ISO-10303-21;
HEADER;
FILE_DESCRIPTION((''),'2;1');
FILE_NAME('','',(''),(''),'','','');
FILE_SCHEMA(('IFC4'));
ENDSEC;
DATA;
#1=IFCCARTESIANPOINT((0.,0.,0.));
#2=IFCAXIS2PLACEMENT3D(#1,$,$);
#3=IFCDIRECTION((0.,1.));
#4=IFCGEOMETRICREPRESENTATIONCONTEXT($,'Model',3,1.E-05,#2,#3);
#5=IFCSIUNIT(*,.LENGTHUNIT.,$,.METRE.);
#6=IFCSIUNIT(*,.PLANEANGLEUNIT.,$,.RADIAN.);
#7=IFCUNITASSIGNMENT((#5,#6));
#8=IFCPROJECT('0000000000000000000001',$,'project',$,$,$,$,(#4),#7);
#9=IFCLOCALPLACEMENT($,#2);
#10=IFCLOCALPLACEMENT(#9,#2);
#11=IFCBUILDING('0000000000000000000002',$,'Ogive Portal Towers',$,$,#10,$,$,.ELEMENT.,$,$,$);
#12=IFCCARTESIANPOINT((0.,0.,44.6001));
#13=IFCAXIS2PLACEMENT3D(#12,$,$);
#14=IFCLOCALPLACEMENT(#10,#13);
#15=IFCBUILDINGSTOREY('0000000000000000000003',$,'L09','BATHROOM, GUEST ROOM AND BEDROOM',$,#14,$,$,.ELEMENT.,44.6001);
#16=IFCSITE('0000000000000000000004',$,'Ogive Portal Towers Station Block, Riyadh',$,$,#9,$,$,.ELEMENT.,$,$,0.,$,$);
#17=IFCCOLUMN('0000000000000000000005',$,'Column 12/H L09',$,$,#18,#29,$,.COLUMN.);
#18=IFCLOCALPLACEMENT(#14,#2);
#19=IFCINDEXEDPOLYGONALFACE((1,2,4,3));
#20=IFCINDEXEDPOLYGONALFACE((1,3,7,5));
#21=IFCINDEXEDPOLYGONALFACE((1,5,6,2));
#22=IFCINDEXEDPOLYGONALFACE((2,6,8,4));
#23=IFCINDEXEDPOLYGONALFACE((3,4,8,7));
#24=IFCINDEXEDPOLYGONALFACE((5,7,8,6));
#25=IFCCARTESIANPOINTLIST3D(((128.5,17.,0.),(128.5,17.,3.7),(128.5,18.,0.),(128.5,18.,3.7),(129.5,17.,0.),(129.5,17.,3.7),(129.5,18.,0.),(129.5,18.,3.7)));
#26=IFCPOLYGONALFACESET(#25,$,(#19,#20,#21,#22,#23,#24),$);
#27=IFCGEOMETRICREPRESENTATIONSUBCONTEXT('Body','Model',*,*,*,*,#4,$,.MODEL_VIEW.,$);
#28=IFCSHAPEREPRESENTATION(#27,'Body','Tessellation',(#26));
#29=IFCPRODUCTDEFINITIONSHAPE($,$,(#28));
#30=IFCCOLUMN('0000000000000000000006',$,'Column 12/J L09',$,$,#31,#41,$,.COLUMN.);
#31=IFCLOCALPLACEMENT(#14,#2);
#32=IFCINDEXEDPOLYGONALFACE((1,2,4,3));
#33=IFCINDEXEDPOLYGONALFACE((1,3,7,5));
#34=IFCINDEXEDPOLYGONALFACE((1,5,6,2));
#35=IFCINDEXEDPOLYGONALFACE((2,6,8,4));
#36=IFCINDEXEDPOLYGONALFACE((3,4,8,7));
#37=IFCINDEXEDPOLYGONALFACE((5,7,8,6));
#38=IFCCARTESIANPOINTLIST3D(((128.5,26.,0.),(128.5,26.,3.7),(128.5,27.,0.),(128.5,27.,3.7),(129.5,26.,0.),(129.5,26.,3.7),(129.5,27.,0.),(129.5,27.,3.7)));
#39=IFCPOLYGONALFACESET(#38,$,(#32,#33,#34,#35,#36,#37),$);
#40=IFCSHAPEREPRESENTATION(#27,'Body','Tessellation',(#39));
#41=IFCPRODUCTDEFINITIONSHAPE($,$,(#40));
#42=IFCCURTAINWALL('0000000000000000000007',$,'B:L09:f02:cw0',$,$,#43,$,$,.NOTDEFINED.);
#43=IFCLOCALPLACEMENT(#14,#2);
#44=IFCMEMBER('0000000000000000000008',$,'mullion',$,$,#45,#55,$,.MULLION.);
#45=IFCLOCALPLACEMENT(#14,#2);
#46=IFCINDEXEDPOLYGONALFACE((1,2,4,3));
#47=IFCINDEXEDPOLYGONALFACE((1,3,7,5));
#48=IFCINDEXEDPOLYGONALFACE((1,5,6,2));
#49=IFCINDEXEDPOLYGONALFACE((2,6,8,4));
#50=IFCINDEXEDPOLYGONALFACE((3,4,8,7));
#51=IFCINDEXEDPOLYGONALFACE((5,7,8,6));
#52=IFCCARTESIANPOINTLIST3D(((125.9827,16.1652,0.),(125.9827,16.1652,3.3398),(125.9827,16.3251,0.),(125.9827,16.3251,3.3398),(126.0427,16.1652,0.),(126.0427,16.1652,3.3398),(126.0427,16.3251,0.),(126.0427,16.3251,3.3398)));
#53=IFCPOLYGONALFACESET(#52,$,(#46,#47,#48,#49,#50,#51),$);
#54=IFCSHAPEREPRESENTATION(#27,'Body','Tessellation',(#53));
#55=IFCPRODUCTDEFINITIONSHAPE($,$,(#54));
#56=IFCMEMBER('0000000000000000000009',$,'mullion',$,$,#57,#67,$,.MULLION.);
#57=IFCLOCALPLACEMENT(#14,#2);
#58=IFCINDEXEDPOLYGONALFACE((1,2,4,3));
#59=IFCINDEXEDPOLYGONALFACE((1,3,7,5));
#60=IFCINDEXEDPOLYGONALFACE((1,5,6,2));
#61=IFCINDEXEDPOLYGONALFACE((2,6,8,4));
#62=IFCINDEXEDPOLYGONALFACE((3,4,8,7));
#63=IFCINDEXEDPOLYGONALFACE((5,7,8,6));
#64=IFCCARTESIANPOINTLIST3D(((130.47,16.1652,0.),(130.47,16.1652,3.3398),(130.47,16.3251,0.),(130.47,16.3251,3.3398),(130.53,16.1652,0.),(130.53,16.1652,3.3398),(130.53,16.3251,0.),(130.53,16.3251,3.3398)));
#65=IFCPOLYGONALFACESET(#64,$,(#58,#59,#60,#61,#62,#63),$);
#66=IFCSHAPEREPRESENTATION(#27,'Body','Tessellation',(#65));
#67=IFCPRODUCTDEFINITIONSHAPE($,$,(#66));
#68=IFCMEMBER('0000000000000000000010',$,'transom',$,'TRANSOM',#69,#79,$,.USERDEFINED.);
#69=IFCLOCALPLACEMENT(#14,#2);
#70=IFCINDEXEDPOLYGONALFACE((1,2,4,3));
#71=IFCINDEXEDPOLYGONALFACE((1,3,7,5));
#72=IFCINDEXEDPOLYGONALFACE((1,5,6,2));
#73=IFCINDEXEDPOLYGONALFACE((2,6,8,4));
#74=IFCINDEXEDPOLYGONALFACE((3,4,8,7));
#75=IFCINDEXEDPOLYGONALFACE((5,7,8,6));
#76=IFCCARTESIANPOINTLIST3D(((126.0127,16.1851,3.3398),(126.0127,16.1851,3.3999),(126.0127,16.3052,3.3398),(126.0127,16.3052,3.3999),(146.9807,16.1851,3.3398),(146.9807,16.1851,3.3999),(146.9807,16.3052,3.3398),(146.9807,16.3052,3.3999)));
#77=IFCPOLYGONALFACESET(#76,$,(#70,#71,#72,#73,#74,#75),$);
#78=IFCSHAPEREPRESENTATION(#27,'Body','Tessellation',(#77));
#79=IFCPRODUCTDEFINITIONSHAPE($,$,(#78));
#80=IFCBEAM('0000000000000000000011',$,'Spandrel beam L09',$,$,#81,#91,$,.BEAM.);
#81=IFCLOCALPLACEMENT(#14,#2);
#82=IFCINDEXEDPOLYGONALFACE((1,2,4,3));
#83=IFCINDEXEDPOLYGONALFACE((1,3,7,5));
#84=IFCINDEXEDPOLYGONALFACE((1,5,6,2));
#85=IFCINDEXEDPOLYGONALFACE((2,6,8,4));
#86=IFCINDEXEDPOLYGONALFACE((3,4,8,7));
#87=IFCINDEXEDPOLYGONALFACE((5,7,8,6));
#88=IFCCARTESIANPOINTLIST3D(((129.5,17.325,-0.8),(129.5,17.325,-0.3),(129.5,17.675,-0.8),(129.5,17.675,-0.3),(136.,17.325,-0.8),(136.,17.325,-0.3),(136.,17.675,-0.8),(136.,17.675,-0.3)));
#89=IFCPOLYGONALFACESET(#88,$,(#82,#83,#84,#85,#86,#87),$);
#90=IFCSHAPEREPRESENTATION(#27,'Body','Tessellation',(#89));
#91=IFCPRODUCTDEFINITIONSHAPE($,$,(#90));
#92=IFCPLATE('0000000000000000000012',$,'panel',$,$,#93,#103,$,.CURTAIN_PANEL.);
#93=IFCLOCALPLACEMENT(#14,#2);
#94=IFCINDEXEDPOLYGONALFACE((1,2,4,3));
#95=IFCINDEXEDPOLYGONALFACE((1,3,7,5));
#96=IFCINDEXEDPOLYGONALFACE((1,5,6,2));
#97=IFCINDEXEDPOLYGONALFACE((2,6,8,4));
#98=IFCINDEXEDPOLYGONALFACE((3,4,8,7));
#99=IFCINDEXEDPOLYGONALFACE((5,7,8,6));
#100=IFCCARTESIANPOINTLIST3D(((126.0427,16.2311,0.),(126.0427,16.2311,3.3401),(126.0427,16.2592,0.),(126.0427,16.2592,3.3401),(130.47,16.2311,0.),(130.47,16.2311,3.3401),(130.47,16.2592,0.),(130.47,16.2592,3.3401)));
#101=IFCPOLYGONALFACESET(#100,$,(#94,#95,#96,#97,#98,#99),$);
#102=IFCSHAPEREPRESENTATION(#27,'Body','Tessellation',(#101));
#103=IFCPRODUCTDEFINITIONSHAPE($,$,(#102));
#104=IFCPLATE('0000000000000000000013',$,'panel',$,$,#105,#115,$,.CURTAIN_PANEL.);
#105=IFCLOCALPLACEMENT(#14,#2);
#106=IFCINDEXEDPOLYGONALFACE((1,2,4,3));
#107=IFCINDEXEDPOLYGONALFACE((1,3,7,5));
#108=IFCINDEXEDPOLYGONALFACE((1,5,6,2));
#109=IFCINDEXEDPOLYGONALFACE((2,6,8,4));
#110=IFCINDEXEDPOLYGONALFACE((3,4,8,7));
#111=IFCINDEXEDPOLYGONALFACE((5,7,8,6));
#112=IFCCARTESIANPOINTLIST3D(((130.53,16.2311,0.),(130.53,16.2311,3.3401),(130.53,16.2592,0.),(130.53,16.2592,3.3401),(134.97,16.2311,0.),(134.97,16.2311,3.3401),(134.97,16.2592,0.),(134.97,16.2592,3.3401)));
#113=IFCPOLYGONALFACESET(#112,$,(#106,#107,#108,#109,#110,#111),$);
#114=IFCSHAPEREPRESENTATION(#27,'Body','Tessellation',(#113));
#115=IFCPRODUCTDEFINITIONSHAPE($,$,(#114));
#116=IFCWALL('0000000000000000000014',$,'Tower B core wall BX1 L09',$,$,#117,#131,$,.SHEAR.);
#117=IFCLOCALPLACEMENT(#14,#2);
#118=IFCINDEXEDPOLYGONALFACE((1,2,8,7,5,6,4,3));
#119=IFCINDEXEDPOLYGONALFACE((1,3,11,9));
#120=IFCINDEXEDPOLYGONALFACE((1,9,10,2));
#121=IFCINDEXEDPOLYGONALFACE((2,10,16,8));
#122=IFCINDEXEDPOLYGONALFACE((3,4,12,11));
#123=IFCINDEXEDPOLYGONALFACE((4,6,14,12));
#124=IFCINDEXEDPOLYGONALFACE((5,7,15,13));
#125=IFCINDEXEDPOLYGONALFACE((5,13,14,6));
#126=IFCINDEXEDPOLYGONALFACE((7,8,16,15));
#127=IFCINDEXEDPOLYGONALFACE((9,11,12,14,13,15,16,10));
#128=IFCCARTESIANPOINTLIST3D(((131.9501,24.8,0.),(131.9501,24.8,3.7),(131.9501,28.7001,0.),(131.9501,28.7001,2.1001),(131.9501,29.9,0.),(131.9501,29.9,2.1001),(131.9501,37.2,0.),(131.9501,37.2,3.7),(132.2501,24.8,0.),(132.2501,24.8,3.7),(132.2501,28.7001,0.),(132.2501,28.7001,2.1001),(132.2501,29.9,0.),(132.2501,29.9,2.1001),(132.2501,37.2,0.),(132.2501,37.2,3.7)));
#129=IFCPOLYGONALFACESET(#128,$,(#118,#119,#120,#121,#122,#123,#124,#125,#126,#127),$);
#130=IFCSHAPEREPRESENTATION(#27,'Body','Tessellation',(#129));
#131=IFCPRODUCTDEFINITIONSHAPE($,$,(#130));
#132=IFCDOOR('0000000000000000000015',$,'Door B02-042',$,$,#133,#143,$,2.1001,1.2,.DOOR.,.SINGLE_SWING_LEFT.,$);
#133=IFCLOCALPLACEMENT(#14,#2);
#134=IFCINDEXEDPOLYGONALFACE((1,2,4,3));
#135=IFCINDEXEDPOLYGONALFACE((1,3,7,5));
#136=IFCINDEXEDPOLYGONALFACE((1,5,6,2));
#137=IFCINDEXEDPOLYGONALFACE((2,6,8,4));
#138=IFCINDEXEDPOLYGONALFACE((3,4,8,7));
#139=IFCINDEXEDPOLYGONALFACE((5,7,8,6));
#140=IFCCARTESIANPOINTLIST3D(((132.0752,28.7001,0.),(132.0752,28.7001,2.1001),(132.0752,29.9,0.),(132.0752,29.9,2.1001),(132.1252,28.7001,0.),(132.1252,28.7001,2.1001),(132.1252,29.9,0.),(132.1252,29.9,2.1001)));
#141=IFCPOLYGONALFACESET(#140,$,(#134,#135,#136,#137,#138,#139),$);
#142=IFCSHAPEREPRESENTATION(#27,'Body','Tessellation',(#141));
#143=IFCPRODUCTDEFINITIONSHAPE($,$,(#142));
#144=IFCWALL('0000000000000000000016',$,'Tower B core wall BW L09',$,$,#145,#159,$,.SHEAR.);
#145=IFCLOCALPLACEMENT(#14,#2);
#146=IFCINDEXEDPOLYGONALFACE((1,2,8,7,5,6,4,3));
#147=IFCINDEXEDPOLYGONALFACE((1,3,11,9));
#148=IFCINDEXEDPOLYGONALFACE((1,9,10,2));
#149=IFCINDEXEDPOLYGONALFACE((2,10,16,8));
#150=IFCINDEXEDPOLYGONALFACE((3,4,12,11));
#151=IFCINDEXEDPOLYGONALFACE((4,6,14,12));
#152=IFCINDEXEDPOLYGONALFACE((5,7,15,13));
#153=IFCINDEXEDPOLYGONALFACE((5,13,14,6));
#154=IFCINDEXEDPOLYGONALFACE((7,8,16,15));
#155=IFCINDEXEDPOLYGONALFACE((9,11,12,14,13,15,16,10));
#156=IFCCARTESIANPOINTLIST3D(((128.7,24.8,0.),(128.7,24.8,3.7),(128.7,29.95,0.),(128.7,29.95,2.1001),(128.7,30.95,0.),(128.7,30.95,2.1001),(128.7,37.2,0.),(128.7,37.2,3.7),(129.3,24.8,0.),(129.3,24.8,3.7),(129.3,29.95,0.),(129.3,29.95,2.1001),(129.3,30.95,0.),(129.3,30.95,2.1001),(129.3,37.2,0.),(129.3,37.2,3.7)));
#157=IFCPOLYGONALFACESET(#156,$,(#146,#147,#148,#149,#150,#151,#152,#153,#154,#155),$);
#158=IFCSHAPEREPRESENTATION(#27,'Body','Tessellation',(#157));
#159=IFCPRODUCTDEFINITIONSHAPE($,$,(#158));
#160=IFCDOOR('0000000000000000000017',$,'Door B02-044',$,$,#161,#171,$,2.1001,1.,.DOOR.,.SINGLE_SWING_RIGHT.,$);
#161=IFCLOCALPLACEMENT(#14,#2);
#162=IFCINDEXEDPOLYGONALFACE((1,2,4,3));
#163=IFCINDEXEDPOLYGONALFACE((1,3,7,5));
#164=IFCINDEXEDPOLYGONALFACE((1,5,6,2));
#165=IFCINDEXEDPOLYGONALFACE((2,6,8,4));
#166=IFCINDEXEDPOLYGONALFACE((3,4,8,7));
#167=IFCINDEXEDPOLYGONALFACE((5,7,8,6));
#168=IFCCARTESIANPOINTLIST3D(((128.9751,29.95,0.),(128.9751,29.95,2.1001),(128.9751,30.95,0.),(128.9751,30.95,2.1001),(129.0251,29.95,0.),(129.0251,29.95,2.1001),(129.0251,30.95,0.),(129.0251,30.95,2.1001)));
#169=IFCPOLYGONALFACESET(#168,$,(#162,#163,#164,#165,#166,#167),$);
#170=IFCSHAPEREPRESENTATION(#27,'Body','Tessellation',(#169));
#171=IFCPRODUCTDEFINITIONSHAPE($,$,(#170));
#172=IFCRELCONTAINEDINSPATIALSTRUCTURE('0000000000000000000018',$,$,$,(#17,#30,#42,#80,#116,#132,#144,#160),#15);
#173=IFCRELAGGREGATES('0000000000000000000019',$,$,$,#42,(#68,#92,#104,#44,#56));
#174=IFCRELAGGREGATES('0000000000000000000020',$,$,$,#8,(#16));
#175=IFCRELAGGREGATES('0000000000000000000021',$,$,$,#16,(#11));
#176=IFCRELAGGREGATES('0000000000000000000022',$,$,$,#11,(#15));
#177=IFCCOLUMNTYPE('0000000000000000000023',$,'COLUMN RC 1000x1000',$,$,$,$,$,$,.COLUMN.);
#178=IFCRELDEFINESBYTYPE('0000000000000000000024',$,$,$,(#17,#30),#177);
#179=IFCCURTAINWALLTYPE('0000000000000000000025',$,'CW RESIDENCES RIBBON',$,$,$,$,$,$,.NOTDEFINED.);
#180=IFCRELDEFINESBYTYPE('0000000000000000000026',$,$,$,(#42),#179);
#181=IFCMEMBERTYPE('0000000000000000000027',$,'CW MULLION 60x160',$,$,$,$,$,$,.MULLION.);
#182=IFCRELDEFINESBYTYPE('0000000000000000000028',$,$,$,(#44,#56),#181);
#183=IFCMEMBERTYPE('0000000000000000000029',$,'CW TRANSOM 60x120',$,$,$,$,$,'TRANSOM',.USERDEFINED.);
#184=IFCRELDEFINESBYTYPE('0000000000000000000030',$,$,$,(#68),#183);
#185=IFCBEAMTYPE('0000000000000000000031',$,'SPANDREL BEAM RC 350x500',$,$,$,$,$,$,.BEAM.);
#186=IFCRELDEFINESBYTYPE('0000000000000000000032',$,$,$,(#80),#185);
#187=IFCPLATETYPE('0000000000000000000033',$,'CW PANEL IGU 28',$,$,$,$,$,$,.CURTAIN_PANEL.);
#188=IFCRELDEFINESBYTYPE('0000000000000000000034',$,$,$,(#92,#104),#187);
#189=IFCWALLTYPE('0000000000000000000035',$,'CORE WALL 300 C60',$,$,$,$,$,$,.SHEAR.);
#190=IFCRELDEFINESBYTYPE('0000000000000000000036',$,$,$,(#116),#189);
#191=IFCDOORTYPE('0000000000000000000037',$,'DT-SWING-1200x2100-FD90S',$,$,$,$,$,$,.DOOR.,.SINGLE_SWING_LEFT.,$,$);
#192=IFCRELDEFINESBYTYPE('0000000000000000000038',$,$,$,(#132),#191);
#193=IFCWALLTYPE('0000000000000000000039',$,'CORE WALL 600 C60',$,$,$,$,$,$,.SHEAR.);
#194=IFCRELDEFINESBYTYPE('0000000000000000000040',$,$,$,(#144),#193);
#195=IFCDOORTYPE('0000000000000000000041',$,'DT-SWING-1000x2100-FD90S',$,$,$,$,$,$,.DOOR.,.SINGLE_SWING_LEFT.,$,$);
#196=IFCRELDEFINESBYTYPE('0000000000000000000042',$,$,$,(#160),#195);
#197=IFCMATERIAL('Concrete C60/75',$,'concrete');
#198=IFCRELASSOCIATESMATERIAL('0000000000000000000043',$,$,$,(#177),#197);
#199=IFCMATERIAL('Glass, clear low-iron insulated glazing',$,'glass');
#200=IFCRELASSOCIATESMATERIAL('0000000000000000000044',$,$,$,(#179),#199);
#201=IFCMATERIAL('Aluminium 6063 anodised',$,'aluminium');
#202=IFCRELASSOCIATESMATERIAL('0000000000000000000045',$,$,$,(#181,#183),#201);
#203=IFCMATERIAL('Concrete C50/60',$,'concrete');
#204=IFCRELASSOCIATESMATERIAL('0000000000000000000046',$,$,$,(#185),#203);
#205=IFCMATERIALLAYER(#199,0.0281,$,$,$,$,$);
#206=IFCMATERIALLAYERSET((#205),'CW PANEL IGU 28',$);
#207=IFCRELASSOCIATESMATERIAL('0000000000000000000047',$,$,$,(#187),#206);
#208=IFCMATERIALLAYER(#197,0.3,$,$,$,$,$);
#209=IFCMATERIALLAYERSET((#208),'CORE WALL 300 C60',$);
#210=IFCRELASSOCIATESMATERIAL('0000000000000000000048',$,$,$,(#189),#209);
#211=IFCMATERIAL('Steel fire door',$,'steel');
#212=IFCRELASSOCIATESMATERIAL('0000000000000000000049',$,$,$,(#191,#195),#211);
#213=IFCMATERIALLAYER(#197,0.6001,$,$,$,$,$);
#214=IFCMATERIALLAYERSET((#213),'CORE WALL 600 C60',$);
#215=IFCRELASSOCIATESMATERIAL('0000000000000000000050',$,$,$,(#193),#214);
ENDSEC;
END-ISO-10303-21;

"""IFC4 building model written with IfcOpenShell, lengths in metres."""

from ifc_helpers import new_model, si_unit, direction, frame, frame_2d, origin, origin_2d, place, context, subcontext, project, spatial, rectangle, extrude, material, layer, layer_set, material_profile, profile_set, type_object, element, fill, aggregate, save


model = new_model("IFC4")

# Units and contexts
model_context = context("Model", 3, precision=1e-05, world=origin(), true_north=direction((0.0, 1.0)))
body_context = subcontext(model_context, "Body", "Model", "MODEL_VIEW")
ifc_project = project(units=[si_unit("LENGTHUNIT", "METRE"), si_unit("PLANEANGLEUNIT", "RADIAN")], contexts=[model_context])

# Site, building, storey
site_placement = place(None, origin())
site = spatial("IfcSite", under=ifc_project, at=site_placement, Name="Ogive Portal Towers Station Block, Riyadh", CompositionType="ELEMENT", RefElevation=0.0)
building_placement = place(site_placement, origin())
building = spatial("IfcBuilding", under=site, at=building_placement, Name="Ogive Portal Towers", CompositionType="ELEMENT")
storey_placement = place(building_placement, frame((0.0, 0.0, 44.6001)))
storey = spatial("IfcBuildingStorey", under=building, at=storey_placement, Name="L09", Description="BATHROOM, GUEST ROOM AND BEDROOM", CompositionType="ELEMENT", Elevation=44.6001)

# Columns
ifc_material_1 = material(Name="Concrete C60/75", Category="concrete")
ifc_material_profile_1 = material_profile(ifc_material_1, rectangle(XDim=1.0, YDim=1.0, at=origin_2d()), Name="RC 1000x1000")
ifc_profile_set_1 = profile_set([ifc_material_profile_1], Name="Concrete C60/75")
column_type = type_object("IfcColumnType", Name="COLUMN RC 1000x1000", PredefinedType="COLUMN", material=ifc_profile_set_1)
for number, where, z_axis, x_axis, name in (
    (1, (129.0, 17.5, 0.0), (0.0, 0.0, 1.0), (1.0, 0.0, 0.0), "Column 12/H L09"),
    (2, (129.0, 26.5, 0.0), (0.0, 0.0, 1.0), (1.0, 0.0, 0.0), "Column 12/J L09"),
):
    element("IfcColumn", number, at=place(storey_placement, frame(where, z_axis=z_axis, x_axis=x_axis)), inside=storey, type_object=column_type, Name=name, PredefinedType="COLUMN", context=body_context, shape_type="SweptSolid", body=[
        extrude(rectangle(XDim=1.0, YDim=1.0, at=origin_2d()), origin(), (0.0, 0.0, 1.0), 3.7),
    ])

# Curtain wall, members
ifc_material_2 = material(Name="Glass, clear low-iron insulated glazing", Category="glass")
curtain_wall_type = type_object("IfcCurtainWallType", Name="CW RESIDENCES RIBBON", PredefinedType="NOTDEFINED", material=ifc_material_2)
curtain_wall_placement = place(storey_placement, origin())
curtain_wall = element("IfcCurtainWall", 3, at=curtain_wall_placement, inside=storey, type_object=curtain_wall_type, Name="B:L09:f02:cw0", PredefinedType="NOTDEFINED")
ifc_material_3 = material(Name="Aluminium 6063 anodised", Category="aluminium")
ifc_material_profile_2 = material_profile(ifc_material_3, rectangle(XDim=0.1599, YDim=0.0601, at=origin_2d()), Name="AL 60x160")
ifc_profile_set_2 = profile_set([ifc_material_profile_2], Name="Aluminium 6063 anodised")
member_type_1 = type_object("IfcMemberType", Name="CW MULLION 60x160", PredefinedType="MULLION", material=ifc_profile_set_2)
member_1_placement = place(storey_placement, frame((126.0127, 16.2451, 0.0), z_axis=(0.0, 0.0, 1.0), x_axis=(0.0, 1.0, 0.0)))
member_1 = element("IfcMember", 4, at=member_1_placement, type_object=member_type_1, Name="mullion", PredefinedType="MULLION", context=body_context, shape_type="SweptSolid", body=[
    extrude(rectangle(XDim=0.1599, YDim=0.0601, at=origin_2d()), origin(), (0.0, 0.0, 1.0), 3.3398),
])
member_2_placement = place(storey_placement, frame((130.5, 16.2451, 0.0), z_axis=(0.0, 0.0, 1.0), x_axis=(0.0, 1.0, 0.0)))
member_2 = element("IfcMember", 5, at=member_2_placement, type_object=member_type_1, Name="mullion", PredefinedType="MULLION", context=body_context, shape_type="SweptSolid", body=[
    extrude(rectangle(XDim=0.1599, YDim=0.0601, at=origin_2d()), origin(), (0.0, 0.0, 1.0), 3.3398),
])
ifc_material_profile_3 = material_profile(ifc_material_3, rectangle(XDim=0.1201, YDim=0.0601, at=origin_2d()), Name="AL 120x60")
ifc_profile_set_3 = profile_set([ifc_material_profile_3], Name="Aluminium 6063 anodised")
member_type_2 = type_object("IfcMemberType", Name="CW TRANSOM 60x120", ElementType="TRANSOM", PredefinedType="USERDEFINED", material=ifc_profile_set_3)
member_3_placement = place(storey_placement, frame((126.0127, 16.2451, 3.3699), z_axis=(1.0, 0.0, 0.0), x_axis=(0.0, 1.0, 0.0)))
member_3 = element("IfcMember", 6, at=member_3_placement, type_object=member_type_2, Name="transom", ObjectType="TRANSOM", PredefinedType="USERDEFINED", context=body_context, shape_type="SweptSolid", body=[
    extrude(rectangle(XDim=0.1201, YDim=0.0601, at=origin_2d()), origin(), (0.0, 0.0, 1.0), 20.968),
])

# Beam
ifc_material_4 = material(Name="Concrete C50/60", Category="concrete")
ifc_material_profile_4 = material_profile(ifc_material_4, rectangle(XDim=0.3501, YDim=0.5, at=origin_2d()), Name="RC 350x500")
ifc_profile_set_4 = profile_set([ifc_material_profile_4], Name="Concrete C50/60")
beam_type = type_object("IfcBeamType", Name="SPANDREL BEAM RC 350x500", PredefinedType="BEAM", material=ifc_profile_set_4)
beam_placement = place(storey_placement, frame((129.5, 17.5, -0.55), z_axis=(1.0, 0.0, 0.0), x_axis=(0.0, 1.0, 0.0)))
element("IfcBeam", 7, at=beam_placement, inside=storey, type_object=beam_type, Name="Spandrel beam L09", PredefinedType="BEAM", context=body_context, shape_type="SweptSolid", body=[
    extrude(rectangle(XDim=0.3501, YDim=0.5, at=origin_2d()), origin(), (0.0, 0.0, 1.0), 6.5),
])

# Plates
ifc_layer_1 = layer(ifc_material_2, 0.0281)
ifc_layer_set_1 = layer_set([ifc_layer_1], Name="CW PANEL IGU 28")
plate_type = type_object("IfcPlateType", Name="CW PANEL IGU 28", PredefinedType="CURTAIN_PANEL", material=ifc_layer_set_1)
plate_1_placement = place(storey_placement, frame((128.2563, 16.2451, 0.0), z_axis=(0.0, 0.0, 1.0), x_axis=(1.0, 0.0, 0.0)))
plate_1 = element("IfcPlate", 8, at=plate_1_placement, type_object=plate_type, Name="panel", PredefinedType="CURTAIN_PANEL", context=body_context, shape_type="SweptSolid", body=[
    extrude(rectangle(XDim=4.4272, YDim=0.0281, at=origin_2d()), origin(), (0.0, 0.0, 1.0), 3.3401),
])
plate_2_placement = place(storey_placement, frame((132.75, 16.2451, 0.0), z_axis=(0.0, 0.0, 1.0), x_axis=(1.0, 0.0, 0.0)))
plate_2 = element("IfcPlate", 9, at=plate_2_placement, type_object=plate_type, Name="panel", PredefinedType="CURTAIN_PANEL", context=body_context, shape_type="SweptSolid", body=[
    extrude(rectangle(XDim=4.4399, YDim=0.0281, at=origin_2d()), origin(), (0.0, 0.0, 1.0), 3.3401),
])
aggregate(curtain_wall, [member_3, plate_1, plate_2, member_1, member_2])

# Walls, openings, doors
ifc_layer_2 = layer(ifc_material_1, 0.3)
ifc_layer_set_2 = layer_set([ifc_layer_2], Name="CORE WALL 300 C60")
wall_type_1 = type_object("IfcWallType", Name="CORE WALL 300 C60", PredefinedType="SHEAR", material=ifc_layer_set_2)
wall_1_placement = place(storey_placement, frame((132.1001, 24.8, 0.0), z_axis=(0.0, 0.0, 1.0), x_axis=(0.0, 1.0, 0.0)))
wall_1 = element("IfcWall", 10, at=wall_1_placement, inside=storey, type_object=wall_type_1, Name="Tower B core wall BX1 L09", PredefinedType="SHEAR", context=body_context, shape_type="SweptSolid", body=[
    extrude(rectangle(XDim=12.3999, YDim=0.3, at=frame_2d((6.2, 0.0))), origin(), (0.0, 0.0, 1.0), 3.7),
])
opening_1_placement = place(wall_1_placement, frame((3.8999, 0.0, 0.0)))
opening_1 = element("IfcOpeningElement", 11, at=opening_1_placement, cuts=wall_1, PredefinedType="OPENING", context=body_context, shape_type="SweptSolid", body=[
    extrude(rectangle(XDim=1.2, YDim=2.1001, at=frame_2d((0.6001, 1.05))), frame((0.0, 0.1602, 0.0), z_axis=(0.0, -1.0, 0.0), x_axis=(1.0, 0.0, 0.0)), (0.0, 0.0, 1.0), 0.3201),
])
ifc_material_5 = material(Name="Steel fire door", Category="steel")
door_type_1 = type_object("IfcDoorType", Name="DT-SWING-1200x2100-FD90S", OperationType="SINGLE_SWING_LEFT", PredefinedType="DOOR", material=ifc_material_5)
door_1_placement = place(opening_1_placement, origin())
door_1 = element("IfcDoor", 12, at=door_1_placement, inside=storey, type_object=door_type_1, Name="Door B02-042", OperationType="SINGLE_SWING_LEFT", OverallHeight=2.1001, OverallWidth=1.2, PredefinedType="DOOR", context=body_context, shape_type="SweptSolid", body=[
    extrude(rectangle(XDim=1.2, YDim=2.1001, at=frame_2d((0.6001, 1.05))), frame((0.0, 0.0249, 0.0), z_axis=(0.0, -1.0, 0.0), x_axis=(1.0, 0.0, 0.0)), (0.0, 0.0, 1.0), 0.05),
])
fill(opening_1, door_1)
ifc_layer_3 = layer(ifc_material_1, 0.6001)
ifc_layer_set_3 = layer_set([ifc_layer_3], Name="CORE WALL 600 C60")
wall_type_2 = type_object("IfcWallType", Name="CORE WALL 600 C60", PredefinedType="SHEAR", material=ifc_layer_set_3)
wall_2_placement = place(storey_placement, frame((129.0, 24.8, 0.0), z_axis=(0.0, 0.0, 1.0), x_axis=(0.0, 1.0, 0.0)))
wall_2 = element("IfcWall", 13, at=wall_2_placement, inside=storey, type_object=wall_type_2, Name="Tower B core wall BW L09", PredefinedType="SHEAR", context=body_context, shape_type="SweptSolid", body=[
    extrude(rectangle(XDim=12.3999, YDim=0.6001, at=frame_2d((6.2, 0.0))), origin(), (0.0, 0.0, 1.0), 3.7),
])
opening_2_placement = place(wall_2_placement, frame((5.1499, 0.0, 0.0)))
opening_2 = element("IfcOpeningElement", 14, at=opening_2_placement, cuts=wall_2, PredefinedType="OPENING", context=body_context, shape_type="SweptSolid", body=[
    extrude(rectangle(XDim=1.0, YDim=2.1001, at=frame_2d((0.5, 1.05))), frame((0.0, 0.3101, 0.0), z_axis=(0.0, -1.0, 0.0), x_axis=(1.0, 0.0, 0.0)), (0.0, 0.0, 1.0), 0.6201),
])
door_type_2 = type_object("IfcDoorType", Name="DT-SWING-1000x2100-FD90S", OperationType="SINGLE_SWING_LEFT", PredefinedType="DOOR", material=ifc_material_5)
door_2_placement = place(opening_2_placement, origin())
door_2 = element("IfcDoor", 15, at=door_2_placement, inside=storey, type_object=door_type_2, Name="Door B02-044", OperationType="SINGLE_SWING_RIGHT", OverallHeight=2.1001, OverallWidth=1.0, PredefinedType="DOOR", context=body_context, shape_type="SweptSolid", body=[
    extrude(rectangle(XDim=1.0, YDim=2.1001, at=frame_2d((0.5, 1.05))), frame((0.0, 0.0249, 0.0), z_axis=(0.0, -1.0, 0.0), x_axis=(1.0, 0.0, 0.0)), (0.0, 0.0, 1.0), 0.05),
])
fill(opening_2, door_2)

save(model, "model.ifc")
